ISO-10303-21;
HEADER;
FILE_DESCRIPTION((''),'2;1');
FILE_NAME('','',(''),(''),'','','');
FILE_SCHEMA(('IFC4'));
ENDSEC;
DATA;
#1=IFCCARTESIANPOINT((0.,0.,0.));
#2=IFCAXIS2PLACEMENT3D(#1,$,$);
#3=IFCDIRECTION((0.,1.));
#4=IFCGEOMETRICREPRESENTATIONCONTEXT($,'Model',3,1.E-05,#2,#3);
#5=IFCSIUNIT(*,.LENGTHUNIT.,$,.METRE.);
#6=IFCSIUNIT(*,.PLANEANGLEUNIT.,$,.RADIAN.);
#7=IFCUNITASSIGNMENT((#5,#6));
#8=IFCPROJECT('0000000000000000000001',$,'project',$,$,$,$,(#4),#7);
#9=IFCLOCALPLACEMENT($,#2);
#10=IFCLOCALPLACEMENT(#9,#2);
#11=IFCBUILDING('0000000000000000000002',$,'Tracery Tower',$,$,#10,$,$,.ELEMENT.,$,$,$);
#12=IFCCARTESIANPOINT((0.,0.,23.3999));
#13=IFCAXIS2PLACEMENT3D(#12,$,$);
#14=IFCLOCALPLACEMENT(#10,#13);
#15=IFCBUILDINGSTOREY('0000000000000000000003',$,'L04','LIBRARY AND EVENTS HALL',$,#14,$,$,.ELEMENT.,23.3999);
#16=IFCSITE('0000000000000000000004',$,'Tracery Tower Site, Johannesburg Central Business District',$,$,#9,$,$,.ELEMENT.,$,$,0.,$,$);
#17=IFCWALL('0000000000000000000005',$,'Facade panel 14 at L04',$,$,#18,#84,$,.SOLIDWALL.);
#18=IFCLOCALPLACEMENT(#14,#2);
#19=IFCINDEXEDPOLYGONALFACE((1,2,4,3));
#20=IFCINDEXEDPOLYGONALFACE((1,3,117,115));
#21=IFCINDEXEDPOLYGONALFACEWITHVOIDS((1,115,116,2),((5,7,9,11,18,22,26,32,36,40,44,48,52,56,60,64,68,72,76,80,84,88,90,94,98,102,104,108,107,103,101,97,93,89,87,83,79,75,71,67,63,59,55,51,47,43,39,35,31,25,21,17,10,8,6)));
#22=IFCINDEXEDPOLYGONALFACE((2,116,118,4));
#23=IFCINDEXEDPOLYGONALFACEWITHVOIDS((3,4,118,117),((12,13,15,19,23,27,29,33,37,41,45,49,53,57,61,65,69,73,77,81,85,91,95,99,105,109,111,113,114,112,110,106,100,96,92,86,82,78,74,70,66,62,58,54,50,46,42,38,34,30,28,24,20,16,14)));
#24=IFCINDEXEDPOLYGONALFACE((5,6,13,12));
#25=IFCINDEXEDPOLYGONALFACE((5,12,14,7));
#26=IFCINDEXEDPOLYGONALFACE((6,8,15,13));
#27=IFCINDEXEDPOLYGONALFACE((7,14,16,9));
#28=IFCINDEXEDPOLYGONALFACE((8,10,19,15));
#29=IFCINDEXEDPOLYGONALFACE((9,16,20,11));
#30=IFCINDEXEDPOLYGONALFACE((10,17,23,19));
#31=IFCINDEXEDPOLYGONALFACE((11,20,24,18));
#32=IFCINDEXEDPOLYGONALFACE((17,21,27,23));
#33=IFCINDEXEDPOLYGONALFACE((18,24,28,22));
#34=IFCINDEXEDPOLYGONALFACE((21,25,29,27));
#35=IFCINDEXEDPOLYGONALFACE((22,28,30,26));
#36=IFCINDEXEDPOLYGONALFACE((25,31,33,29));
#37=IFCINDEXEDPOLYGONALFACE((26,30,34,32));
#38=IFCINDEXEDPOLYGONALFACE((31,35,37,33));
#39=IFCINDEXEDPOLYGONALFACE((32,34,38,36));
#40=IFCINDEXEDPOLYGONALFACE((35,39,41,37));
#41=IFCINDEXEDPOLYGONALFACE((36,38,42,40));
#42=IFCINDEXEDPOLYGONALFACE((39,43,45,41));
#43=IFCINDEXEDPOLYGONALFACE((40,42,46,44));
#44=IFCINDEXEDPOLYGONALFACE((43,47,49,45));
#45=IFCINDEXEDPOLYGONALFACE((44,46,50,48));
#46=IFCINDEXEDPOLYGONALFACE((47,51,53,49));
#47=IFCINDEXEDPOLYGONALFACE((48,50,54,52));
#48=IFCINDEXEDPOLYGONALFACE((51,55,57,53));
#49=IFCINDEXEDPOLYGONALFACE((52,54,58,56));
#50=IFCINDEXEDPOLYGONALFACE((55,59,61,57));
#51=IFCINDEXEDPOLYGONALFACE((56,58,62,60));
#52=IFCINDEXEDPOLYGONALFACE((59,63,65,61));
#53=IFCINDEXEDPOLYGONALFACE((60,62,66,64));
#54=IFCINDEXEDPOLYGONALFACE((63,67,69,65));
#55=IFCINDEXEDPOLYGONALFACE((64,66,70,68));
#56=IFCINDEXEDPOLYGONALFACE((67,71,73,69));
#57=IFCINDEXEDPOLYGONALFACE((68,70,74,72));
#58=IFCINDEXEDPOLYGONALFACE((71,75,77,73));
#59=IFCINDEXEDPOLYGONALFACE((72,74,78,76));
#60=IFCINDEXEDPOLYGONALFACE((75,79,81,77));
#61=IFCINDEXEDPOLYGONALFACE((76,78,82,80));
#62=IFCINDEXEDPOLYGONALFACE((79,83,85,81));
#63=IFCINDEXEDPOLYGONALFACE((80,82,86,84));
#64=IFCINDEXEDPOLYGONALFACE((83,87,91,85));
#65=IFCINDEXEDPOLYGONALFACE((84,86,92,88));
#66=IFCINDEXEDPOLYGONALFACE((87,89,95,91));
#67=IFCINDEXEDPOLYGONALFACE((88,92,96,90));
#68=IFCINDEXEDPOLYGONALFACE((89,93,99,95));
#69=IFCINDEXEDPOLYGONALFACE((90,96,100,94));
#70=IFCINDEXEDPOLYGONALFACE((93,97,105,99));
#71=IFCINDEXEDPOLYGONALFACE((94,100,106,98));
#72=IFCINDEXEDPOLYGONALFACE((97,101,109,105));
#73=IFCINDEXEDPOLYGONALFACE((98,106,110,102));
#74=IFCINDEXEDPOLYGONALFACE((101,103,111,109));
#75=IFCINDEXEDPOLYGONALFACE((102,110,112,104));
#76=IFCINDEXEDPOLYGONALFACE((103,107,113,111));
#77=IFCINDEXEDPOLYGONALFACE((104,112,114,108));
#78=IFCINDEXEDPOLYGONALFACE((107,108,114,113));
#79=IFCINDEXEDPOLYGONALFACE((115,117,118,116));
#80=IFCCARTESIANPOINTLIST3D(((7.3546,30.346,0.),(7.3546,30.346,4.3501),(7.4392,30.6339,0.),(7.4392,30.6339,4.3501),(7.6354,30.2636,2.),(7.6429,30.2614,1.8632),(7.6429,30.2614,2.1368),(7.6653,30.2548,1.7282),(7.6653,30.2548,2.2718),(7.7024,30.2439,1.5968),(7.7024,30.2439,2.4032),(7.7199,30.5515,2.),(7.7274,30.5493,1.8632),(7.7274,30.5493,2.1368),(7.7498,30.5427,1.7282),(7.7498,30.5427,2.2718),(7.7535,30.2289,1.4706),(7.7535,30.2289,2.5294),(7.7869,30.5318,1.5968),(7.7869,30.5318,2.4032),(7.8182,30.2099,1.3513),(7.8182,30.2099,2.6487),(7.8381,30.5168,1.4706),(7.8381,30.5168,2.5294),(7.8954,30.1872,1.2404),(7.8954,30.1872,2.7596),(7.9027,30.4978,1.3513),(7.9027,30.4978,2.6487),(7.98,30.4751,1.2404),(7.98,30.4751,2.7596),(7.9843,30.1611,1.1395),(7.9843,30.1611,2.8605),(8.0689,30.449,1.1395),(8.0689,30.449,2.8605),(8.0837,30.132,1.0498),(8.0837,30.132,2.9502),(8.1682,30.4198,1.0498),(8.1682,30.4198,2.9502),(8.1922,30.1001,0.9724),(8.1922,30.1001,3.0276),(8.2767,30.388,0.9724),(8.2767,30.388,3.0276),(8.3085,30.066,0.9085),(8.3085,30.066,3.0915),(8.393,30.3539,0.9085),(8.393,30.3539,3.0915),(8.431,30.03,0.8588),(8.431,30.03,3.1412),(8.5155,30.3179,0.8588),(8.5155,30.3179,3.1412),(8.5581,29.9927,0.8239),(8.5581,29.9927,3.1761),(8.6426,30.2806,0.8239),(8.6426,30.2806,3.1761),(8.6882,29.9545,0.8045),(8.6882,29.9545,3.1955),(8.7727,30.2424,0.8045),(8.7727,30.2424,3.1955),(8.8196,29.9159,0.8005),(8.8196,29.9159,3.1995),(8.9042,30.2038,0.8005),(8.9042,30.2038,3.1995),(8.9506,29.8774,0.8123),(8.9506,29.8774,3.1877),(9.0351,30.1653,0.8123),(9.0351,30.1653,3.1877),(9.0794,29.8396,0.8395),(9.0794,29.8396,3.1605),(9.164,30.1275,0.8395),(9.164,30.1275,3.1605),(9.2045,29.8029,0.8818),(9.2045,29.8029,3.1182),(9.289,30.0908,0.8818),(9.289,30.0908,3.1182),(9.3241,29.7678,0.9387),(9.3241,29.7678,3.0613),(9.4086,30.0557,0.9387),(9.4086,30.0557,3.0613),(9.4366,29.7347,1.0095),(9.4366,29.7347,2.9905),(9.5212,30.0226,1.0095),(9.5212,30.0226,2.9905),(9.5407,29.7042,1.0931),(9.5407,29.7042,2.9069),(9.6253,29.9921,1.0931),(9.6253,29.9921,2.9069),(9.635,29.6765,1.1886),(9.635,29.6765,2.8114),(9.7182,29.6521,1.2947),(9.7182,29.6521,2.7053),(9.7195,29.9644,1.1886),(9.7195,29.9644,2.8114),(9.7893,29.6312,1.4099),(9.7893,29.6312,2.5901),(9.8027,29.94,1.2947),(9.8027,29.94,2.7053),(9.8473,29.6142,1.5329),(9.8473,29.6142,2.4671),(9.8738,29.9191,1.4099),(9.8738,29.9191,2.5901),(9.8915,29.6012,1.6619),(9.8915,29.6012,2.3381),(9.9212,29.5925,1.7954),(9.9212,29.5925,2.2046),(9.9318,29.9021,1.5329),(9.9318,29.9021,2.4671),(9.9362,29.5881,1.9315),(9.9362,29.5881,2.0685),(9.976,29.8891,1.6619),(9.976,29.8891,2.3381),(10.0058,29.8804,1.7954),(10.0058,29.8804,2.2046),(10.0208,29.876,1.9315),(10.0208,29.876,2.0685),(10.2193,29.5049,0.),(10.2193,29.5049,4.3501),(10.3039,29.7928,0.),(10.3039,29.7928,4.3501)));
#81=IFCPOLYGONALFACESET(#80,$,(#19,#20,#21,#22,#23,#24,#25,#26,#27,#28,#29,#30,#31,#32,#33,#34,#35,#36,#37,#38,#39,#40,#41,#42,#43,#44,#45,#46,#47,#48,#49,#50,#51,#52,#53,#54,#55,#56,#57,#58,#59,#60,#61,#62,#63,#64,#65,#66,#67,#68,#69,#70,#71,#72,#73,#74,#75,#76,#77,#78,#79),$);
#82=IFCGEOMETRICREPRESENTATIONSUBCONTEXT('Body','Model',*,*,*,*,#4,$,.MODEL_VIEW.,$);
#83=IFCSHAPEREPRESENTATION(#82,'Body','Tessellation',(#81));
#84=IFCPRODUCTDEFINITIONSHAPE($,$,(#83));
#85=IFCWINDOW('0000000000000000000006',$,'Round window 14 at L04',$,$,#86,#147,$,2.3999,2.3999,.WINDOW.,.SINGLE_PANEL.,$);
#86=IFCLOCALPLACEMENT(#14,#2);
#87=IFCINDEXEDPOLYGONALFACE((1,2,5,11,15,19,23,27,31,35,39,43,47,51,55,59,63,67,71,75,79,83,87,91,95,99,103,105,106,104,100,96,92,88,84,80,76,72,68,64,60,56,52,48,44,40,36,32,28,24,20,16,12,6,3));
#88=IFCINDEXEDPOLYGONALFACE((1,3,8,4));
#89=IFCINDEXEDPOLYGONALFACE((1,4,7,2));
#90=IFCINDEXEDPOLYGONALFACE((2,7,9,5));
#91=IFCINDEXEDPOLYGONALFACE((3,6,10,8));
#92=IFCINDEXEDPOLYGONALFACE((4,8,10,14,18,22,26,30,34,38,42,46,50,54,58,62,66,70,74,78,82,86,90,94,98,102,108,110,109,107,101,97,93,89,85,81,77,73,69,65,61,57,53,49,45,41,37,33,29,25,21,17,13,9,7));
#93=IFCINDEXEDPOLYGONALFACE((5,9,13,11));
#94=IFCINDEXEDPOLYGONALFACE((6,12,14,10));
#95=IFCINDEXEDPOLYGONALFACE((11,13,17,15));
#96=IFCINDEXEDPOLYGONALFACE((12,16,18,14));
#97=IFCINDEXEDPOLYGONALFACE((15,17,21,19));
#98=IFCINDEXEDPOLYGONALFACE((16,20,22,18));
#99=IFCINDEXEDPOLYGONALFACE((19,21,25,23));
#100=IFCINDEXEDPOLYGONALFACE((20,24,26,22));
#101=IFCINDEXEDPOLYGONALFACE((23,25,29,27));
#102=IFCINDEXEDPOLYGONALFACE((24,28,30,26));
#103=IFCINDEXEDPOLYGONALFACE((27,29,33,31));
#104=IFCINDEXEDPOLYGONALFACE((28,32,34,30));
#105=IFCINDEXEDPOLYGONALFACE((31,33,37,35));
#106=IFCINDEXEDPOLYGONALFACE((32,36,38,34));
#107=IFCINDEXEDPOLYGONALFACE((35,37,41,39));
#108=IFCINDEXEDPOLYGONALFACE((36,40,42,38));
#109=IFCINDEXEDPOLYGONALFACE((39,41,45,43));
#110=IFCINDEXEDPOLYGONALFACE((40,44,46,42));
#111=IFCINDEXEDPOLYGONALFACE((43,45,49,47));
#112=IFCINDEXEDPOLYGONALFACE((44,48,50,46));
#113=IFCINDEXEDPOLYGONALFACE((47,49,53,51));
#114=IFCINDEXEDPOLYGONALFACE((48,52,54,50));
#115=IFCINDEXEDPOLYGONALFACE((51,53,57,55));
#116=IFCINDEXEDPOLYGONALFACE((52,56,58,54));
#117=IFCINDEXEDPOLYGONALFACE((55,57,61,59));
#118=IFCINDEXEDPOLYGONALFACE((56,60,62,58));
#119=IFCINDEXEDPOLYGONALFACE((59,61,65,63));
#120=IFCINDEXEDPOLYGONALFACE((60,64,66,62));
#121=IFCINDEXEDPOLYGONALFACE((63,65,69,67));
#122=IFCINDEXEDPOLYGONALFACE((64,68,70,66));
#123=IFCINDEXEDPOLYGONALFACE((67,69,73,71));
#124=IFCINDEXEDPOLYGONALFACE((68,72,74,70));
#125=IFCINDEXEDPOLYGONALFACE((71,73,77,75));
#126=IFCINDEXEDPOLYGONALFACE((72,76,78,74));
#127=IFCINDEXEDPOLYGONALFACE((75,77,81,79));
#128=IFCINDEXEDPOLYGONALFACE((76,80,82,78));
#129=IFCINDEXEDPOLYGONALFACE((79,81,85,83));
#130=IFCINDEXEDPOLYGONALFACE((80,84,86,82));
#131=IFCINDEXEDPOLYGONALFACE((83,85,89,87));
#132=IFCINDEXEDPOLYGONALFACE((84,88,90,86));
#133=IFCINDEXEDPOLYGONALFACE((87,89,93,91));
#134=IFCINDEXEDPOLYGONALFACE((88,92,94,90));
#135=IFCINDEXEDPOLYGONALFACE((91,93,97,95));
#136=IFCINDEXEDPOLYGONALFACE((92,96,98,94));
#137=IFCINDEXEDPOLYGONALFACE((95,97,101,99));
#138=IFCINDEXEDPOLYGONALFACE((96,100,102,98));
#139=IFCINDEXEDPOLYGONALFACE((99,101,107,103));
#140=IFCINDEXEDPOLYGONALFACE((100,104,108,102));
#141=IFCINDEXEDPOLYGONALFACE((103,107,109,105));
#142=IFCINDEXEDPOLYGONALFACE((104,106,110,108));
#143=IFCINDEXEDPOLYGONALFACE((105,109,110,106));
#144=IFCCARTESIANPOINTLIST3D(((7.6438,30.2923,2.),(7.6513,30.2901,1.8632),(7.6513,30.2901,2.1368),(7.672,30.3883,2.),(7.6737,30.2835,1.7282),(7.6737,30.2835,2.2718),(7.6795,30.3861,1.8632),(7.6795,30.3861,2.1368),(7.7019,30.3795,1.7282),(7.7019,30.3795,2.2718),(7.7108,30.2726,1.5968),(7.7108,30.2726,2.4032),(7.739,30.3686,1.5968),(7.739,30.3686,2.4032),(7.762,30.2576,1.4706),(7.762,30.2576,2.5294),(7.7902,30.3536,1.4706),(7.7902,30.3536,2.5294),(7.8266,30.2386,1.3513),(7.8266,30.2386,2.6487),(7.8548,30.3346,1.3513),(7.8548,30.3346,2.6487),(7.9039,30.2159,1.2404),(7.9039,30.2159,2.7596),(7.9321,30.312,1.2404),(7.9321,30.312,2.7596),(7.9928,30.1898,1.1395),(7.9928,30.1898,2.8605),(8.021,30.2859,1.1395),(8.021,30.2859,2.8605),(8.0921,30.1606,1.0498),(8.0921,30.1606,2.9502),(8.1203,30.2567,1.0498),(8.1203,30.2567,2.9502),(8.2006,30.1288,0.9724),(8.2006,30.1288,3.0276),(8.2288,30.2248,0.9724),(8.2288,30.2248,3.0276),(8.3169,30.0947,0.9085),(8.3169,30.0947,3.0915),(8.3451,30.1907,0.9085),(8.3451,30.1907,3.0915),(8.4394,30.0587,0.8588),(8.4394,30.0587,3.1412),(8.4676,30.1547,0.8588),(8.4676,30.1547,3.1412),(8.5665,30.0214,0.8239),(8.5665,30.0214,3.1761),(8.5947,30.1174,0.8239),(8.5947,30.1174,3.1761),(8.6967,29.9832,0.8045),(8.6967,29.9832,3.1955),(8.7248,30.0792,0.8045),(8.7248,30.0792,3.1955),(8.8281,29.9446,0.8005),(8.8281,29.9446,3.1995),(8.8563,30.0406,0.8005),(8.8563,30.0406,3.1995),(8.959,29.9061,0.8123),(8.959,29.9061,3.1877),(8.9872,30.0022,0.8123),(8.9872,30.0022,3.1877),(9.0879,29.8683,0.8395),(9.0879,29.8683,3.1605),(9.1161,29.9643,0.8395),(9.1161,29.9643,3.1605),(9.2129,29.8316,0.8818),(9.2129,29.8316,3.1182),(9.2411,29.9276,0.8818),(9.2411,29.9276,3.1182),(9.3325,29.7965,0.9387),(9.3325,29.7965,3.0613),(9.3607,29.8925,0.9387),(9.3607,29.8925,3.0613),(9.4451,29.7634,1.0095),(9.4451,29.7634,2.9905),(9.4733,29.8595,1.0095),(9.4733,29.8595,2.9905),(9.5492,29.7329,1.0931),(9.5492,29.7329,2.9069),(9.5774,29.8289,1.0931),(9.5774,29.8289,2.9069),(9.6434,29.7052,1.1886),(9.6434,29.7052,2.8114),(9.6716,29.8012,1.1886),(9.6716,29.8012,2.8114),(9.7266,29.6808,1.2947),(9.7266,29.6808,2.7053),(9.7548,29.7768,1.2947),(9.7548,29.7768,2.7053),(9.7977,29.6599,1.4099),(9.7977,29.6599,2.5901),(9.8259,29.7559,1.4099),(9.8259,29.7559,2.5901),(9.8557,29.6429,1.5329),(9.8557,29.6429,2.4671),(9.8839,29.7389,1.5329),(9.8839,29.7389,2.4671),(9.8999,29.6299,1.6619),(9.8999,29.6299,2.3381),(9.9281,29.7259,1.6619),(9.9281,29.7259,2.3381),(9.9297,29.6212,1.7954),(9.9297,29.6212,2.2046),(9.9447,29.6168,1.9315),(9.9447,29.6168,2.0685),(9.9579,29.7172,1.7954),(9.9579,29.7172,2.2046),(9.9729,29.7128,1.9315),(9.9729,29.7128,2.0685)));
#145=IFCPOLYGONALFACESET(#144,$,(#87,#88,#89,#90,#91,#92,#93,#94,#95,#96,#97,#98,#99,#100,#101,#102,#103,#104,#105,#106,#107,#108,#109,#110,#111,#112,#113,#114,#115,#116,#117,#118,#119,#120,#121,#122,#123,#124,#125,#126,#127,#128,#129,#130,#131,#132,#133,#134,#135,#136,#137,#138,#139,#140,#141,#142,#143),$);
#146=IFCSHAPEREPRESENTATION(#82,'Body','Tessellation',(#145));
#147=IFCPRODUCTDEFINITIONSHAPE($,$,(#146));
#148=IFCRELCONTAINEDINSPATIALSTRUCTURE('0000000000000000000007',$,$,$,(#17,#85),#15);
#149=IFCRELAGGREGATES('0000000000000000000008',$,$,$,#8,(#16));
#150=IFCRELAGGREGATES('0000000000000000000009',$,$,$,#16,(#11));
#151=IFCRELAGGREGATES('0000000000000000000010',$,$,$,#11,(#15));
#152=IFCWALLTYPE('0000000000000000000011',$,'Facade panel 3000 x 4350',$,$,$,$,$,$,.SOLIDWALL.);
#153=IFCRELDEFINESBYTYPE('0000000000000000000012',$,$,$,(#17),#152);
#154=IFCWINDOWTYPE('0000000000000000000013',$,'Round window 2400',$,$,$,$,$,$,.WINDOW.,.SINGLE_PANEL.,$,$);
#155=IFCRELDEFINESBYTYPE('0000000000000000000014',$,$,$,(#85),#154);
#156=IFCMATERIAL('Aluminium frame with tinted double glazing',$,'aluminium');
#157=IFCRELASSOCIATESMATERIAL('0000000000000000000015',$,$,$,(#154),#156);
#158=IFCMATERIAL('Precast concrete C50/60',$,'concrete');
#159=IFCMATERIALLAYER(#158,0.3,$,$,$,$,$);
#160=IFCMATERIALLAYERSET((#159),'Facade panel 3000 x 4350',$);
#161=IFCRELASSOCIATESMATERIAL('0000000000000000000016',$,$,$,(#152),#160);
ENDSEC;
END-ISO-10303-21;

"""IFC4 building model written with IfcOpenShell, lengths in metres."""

from ifc_helpers import new_model, si_unit, direction, frame, frame_2d, origin, origin_2d, place, context, subcontext, project, spatial, rectangle, circle, extrude, material, layer, layer_set, type_object, element, fill, save


model = new_model("IFC4")

# Units and contexts
model_context = context("Model", 3, precision=1e-05, world=origin(), true_north=direction((0.0, 1.0)))
body_context = subcontext(model_context, "Body", "Model", "MODEL_VIEW")
ifc_project = project(units=[si_unit("LENGTHUNIT", "METRE"), si_unit("PLANEANGLEUNIT", "RADIAN")], contexts=[model_context])

# Site, building, storey
site_placement = place(None, origin())
site = spatial("IfcSite", under=ifc_project, at=site_placement, Name="Tracery Tower Site, Johannesburg Central Business District", CompositionType="ELEMENT", RefElevation=0.0)
building_placement = place(site_placement, origin())
building = spatial("IfcBuilding", under=site, at=building_placement, Name="Tracery Tower", CompositionType="ELEMENT")
storey_placement = place(building_placement, frame((0.0, 0.0, 23.3999)))
storey = spatial("IfcBuildingStorey", under=building, at=storey_placement, Name="L04", Description="LIBRARY AND EVENTS HALL", CompositionType="ELEMENT", Elevation=23.3999)

# Wall, opening, window
ifc_material_1 = material(Name="Aluminium frame with tinted double glazing", Category="aluminium")
window_type = type_object("IfcWindowType", Name="Round window 2400", PartitioningType="SINGLE_PANEL", PredefinedType="WINDOW", material=ifc_material_1)
ifc_material_2 = material(Name="Precast concrete C50/60", Category="concrete")
ifc_layer_1 = layer(ifc_material_2, 0.3)
ifc_layer_set_1 = layer_set([ifc_layer_1], Name="Facade panel 3000 x 4350")
wall_type_1 = type_object("IfcWallType", Name="Facade panel 3000 x 4350", PredefinedType="SOLIDWALL", material=ifc_layer_set_1)
wall_1_placement = place(storey_placement, frame((10.2615, 29.6489, 0.0), z_axis=(0.0, 0.0, 1.0), x_axis=(-0.959502, 0.281701, 0.0)))
wall_1 = element("IfcWall", 1, at=wall_1_placement, inside=storey, type_object=wall_type_1, Name="Facade panel 14 at L04", PredefinedType="SOLIDWALL", context=body_context, shape_type="SweptSolid", body=[
    extrude(rectangle(XDim=2.9856, YDim=0.3, at=frame_2d((1.4927, 0.0))), origin(), (0.0, 0.0, 1.0), 4.3501),
])
opening_1_placement = place(wall_1_placement, frame((1.4929, 0.0, 2.0)))
opening_1 = element("IfcOpeningElement", 2, at=opening_1_placement, cuts=wall_1, PredefinedType="OPENING", context=body_context, shape_type="SweptSolid", body=[
    extrude(circle(Radius=1.2, at=origin_2d()), frame((0.0, 0.1599, 0.0), z_axis=(0.0, -1.0, 0.0), x_axis=(1.0, 0.0, 0.0)), (0.0, 0.0, 1.0), 0.3201),
])
window_1_placement = place(opening_1_placement, origin())
window_1 = element("IfcWindow", 3, at=window_1_placement, inside=storey, type_object=window_type, Name="Round window 14 at L04", OverallHeight=2.3999, OverallWidth=2.3999, PartitioningType="SINGLE_PANEL", PredefinedType="WINDOW", context=body_context, shape_type="SweptSolid", body=[
    extrude(circle(Radius=1.2, at=origin_2d()), frame((0.0, 0.1201, 0.0), z_axis=(0.0, -1.0, 0.0), x_axis=(1.0, 0.0, 0.0)), (0.0, 0.0, 1.0), 0.1001),
])
fill(opening_1, window_1)

save(model, "model.ifc")
